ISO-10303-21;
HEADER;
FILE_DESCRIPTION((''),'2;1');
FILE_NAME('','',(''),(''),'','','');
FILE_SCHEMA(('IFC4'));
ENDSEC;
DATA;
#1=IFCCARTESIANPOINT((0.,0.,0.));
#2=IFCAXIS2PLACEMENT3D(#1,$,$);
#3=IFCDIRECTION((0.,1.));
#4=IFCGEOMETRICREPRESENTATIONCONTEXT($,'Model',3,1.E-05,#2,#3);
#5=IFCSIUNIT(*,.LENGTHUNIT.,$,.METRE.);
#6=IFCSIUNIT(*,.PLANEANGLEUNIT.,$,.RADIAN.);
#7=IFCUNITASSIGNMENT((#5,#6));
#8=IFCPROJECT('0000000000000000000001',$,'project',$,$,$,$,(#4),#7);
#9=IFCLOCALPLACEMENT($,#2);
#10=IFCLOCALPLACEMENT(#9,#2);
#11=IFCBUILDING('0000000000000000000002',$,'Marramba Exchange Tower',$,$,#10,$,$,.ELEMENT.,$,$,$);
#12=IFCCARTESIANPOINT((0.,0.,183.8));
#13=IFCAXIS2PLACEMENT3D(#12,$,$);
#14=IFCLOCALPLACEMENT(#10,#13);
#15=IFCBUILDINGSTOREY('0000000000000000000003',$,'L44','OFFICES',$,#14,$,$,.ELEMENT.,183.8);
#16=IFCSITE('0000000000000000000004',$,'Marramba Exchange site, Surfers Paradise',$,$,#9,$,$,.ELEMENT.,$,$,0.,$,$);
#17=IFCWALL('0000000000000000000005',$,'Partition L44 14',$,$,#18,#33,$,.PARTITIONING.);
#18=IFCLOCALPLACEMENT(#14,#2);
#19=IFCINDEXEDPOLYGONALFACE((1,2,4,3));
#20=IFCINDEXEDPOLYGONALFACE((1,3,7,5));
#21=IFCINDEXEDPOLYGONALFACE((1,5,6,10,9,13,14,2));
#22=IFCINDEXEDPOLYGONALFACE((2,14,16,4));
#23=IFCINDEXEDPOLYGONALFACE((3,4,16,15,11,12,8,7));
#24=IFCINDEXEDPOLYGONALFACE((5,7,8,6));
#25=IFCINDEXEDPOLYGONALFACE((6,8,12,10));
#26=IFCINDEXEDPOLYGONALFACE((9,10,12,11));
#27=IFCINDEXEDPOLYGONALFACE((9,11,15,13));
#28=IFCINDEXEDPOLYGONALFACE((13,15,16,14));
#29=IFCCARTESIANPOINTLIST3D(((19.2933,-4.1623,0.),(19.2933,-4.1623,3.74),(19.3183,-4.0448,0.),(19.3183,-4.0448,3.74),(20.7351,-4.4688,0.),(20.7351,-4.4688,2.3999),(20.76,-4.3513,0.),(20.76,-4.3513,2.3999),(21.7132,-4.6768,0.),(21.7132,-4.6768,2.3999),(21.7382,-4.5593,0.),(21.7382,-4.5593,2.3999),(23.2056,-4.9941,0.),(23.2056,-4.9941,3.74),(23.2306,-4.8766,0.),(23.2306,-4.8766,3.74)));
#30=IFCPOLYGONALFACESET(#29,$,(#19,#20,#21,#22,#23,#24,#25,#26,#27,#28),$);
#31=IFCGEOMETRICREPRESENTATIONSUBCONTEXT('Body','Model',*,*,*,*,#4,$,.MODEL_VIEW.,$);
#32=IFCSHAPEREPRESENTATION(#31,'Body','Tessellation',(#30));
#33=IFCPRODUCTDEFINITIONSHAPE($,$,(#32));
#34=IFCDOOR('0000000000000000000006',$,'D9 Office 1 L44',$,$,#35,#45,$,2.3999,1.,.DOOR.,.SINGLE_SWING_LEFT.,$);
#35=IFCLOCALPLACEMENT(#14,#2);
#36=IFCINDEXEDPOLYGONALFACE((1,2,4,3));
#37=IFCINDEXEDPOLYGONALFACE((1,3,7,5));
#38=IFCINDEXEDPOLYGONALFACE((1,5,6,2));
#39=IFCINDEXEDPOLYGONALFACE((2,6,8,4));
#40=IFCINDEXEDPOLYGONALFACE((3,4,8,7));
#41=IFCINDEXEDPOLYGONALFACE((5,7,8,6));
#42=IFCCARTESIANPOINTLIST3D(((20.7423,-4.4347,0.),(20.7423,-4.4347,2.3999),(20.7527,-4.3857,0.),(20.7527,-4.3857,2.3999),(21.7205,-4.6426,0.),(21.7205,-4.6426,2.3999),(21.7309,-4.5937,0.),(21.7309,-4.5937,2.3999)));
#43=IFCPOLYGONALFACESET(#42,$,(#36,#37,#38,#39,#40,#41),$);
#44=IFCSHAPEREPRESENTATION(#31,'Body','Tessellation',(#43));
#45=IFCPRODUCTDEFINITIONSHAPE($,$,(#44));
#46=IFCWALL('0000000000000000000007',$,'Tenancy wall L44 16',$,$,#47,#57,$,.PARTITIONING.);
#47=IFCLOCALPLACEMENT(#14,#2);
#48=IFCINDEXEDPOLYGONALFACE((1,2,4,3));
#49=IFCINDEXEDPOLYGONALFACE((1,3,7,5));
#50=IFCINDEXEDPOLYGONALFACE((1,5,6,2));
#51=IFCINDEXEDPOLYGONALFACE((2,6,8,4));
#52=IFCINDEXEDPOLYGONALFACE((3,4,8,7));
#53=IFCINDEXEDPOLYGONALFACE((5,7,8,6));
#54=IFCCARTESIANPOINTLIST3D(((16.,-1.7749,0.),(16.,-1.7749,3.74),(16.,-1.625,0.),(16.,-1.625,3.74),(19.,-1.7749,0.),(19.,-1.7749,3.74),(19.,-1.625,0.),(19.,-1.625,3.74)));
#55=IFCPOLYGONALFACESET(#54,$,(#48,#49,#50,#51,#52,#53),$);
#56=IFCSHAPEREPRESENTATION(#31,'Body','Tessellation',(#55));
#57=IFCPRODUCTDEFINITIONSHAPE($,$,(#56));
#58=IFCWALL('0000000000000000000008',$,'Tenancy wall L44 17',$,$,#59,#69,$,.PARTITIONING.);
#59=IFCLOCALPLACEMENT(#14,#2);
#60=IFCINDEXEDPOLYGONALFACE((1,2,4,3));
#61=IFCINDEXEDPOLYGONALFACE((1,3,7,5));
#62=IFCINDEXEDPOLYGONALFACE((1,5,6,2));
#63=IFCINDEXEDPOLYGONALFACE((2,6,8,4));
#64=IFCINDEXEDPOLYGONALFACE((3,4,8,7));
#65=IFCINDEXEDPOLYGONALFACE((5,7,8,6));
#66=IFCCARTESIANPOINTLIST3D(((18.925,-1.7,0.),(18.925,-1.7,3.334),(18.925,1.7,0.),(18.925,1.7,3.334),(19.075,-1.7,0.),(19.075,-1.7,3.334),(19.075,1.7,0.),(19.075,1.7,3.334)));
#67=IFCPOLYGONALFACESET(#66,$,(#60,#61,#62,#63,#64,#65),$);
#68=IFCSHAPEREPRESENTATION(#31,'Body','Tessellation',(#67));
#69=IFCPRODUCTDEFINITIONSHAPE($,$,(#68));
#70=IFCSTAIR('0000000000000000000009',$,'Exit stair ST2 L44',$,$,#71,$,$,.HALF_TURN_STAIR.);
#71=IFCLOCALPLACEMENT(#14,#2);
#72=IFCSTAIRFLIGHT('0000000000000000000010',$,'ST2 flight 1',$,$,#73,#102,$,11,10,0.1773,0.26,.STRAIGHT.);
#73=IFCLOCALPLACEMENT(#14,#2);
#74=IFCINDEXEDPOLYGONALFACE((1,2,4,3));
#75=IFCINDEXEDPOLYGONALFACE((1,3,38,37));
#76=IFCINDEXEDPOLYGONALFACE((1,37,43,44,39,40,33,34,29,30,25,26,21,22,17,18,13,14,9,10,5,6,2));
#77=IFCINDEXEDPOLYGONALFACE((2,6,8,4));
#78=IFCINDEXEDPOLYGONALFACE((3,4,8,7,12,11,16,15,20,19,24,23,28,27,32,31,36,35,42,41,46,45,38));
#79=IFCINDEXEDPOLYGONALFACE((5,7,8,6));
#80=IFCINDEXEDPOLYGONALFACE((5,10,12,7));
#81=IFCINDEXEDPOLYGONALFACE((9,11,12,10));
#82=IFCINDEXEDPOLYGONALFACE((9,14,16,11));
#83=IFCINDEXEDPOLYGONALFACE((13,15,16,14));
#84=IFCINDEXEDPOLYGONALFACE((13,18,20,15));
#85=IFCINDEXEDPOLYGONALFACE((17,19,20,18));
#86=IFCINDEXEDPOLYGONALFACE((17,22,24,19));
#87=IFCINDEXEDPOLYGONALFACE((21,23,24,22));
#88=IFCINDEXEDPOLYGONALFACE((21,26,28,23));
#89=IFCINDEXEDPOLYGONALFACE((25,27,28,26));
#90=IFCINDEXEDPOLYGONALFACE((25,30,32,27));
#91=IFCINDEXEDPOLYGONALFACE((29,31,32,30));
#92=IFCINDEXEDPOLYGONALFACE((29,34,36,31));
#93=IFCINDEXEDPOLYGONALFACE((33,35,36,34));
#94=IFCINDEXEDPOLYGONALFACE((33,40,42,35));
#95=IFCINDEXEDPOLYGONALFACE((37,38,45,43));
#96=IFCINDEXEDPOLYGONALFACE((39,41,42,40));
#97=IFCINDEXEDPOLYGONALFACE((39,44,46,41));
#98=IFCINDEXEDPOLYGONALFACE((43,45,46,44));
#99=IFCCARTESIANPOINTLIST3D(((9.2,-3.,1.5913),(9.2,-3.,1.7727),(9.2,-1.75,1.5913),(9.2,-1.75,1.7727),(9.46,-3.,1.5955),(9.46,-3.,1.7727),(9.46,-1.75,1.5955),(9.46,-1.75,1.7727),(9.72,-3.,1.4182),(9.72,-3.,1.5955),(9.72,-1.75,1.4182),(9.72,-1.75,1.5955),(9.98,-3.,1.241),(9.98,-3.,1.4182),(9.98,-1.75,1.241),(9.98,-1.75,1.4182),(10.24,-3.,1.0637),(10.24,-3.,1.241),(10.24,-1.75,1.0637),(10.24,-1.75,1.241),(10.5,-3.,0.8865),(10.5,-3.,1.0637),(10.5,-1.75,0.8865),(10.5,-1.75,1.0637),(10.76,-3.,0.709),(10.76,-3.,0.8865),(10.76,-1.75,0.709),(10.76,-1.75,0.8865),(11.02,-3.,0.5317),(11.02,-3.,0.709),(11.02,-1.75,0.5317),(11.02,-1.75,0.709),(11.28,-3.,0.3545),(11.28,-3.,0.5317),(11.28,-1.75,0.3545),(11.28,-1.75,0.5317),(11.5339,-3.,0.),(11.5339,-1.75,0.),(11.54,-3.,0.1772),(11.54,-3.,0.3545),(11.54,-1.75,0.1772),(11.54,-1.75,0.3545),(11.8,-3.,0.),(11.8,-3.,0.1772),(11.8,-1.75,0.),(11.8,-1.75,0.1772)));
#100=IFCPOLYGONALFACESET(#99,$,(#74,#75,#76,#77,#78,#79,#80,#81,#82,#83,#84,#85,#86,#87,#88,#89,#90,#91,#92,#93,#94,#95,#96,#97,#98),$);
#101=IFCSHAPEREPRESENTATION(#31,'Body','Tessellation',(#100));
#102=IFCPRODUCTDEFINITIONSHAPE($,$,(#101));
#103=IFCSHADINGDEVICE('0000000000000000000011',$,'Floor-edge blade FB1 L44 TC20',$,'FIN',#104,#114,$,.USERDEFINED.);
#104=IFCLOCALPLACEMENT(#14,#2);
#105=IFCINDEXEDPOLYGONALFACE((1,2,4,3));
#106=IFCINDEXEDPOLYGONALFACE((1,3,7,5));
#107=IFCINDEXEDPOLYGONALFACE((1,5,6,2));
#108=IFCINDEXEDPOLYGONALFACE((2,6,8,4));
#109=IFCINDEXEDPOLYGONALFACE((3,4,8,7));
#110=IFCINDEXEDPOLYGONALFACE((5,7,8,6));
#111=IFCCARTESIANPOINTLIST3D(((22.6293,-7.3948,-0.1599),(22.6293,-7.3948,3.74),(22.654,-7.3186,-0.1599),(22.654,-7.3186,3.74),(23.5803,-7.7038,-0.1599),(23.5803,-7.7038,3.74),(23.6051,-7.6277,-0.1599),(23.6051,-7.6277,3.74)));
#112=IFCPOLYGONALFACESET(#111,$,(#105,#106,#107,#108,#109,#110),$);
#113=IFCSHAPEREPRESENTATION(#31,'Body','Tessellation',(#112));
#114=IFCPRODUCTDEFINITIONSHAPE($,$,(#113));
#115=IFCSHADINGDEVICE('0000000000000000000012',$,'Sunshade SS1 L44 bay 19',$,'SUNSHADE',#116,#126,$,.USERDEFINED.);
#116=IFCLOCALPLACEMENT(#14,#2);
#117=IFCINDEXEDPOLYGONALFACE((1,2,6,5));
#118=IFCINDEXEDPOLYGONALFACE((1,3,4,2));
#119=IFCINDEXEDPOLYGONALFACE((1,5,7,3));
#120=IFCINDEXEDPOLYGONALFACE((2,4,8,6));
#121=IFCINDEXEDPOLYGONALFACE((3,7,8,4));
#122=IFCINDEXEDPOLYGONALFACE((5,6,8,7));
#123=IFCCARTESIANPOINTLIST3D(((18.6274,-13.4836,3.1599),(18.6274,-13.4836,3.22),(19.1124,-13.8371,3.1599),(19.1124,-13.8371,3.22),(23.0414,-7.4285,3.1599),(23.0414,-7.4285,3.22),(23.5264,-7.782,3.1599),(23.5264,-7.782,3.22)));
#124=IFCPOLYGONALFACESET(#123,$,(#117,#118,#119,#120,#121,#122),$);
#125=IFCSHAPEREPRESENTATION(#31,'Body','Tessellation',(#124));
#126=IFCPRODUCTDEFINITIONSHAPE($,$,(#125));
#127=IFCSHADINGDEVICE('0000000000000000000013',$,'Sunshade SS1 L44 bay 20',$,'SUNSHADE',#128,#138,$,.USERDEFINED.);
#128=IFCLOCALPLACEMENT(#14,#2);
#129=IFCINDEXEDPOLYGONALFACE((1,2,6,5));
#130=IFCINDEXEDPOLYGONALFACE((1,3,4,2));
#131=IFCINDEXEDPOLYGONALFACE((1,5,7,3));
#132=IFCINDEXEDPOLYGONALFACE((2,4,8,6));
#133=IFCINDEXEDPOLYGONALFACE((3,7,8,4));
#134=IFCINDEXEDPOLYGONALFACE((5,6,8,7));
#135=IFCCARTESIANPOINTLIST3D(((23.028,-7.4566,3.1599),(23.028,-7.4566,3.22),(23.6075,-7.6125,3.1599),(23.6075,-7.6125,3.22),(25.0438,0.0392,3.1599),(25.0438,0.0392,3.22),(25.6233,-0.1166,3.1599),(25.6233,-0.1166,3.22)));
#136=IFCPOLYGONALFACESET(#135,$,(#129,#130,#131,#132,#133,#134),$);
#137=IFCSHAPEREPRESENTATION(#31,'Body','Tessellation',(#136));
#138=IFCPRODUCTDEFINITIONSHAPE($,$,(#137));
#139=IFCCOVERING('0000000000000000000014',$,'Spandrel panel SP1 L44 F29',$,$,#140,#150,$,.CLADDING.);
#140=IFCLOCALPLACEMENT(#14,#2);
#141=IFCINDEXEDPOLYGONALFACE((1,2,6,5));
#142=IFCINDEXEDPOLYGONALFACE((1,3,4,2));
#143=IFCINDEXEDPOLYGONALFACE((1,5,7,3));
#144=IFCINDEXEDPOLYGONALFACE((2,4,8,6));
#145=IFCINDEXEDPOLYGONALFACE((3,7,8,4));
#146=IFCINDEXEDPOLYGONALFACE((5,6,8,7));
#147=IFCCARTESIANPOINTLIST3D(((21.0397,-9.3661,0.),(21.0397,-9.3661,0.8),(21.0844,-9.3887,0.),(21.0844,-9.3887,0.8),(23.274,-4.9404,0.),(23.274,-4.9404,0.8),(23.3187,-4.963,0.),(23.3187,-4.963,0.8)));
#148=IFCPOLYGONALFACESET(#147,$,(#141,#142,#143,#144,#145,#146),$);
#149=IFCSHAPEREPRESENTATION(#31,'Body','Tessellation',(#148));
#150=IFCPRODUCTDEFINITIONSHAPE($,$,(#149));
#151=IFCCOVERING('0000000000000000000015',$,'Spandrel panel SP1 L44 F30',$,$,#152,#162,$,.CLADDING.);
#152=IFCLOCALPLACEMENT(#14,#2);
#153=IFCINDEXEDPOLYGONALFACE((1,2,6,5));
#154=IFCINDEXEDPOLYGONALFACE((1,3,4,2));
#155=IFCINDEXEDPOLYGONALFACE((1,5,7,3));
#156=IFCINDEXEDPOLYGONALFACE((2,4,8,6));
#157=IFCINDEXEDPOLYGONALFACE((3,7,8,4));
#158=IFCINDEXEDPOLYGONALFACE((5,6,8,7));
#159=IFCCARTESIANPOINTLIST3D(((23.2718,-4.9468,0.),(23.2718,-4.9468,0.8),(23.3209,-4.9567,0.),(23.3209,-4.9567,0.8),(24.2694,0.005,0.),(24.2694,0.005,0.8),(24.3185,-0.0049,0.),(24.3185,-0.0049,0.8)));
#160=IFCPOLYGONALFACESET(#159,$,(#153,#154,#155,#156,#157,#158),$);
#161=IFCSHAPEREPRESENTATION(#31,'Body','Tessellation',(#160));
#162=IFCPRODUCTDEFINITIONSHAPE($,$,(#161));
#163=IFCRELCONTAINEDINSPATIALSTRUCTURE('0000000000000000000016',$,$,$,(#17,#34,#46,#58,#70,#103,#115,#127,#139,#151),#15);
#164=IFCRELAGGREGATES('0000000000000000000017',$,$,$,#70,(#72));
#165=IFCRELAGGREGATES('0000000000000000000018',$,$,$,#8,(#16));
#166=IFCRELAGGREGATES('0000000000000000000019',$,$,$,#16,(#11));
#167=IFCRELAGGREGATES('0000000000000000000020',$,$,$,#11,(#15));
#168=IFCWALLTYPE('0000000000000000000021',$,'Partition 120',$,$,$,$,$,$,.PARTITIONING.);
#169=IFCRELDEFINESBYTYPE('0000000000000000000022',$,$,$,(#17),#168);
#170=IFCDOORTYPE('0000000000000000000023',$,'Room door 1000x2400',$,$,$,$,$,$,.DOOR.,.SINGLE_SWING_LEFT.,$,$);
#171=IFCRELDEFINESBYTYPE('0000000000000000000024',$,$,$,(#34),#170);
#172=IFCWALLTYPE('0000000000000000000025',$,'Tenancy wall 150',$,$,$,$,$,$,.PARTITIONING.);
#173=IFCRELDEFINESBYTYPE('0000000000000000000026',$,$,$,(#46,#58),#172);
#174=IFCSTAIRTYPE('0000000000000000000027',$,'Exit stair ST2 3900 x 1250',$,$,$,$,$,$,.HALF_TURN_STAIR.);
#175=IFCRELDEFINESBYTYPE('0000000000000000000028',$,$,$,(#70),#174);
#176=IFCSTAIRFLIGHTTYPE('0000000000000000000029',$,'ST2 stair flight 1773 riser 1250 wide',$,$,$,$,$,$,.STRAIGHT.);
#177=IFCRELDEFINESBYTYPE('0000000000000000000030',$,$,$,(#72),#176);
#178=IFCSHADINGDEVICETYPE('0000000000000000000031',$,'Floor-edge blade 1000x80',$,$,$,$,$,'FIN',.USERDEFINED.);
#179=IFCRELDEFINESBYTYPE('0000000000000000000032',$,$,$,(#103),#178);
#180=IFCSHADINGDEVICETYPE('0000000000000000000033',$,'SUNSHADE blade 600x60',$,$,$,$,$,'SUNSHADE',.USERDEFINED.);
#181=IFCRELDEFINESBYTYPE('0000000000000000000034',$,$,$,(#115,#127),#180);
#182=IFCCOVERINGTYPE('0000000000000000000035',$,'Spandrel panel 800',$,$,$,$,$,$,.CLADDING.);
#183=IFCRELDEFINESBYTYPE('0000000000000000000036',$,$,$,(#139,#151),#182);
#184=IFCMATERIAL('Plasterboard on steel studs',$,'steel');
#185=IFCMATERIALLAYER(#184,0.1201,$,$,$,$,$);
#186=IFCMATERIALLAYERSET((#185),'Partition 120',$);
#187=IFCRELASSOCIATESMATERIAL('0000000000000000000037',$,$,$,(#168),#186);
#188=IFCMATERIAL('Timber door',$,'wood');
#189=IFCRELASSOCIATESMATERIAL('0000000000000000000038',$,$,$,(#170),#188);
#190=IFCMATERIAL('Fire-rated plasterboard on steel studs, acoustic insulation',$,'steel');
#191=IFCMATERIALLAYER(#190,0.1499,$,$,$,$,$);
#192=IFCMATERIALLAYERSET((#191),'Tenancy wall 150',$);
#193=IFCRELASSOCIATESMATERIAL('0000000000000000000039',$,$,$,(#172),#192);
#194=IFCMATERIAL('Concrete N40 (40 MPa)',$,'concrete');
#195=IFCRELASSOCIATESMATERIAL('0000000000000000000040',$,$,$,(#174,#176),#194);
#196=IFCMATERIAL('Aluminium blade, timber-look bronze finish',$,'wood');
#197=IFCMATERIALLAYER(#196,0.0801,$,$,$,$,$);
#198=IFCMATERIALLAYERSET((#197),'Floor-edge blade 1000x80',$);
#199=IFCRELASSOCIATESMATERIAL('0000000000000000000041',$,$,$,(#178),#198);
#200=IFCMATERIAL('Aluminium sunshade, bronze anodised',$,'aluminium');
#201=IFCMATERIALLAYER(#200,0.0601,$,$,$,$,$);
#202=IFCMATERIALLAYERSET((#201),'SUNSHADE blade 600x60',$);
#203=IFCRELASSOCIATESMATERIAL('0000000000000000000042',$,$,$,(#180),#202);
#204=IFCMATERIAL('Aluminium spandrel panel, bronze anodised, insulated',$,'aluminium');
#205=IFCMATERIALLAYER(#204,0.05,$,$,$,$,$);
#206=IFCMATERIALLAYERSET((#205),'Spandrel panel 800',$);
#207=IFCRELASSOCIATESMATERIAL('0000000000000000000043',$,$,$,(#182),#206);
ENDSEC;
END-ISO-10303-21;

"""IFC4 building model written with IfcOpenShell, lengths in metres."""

from ifc_helpers import new_model, si_unit, direction, frame, frame_2d, origin, origin_2d, place, context, subcontext, project, spatial, polyline, rectangle, outline, extrude, material, layer, layer_set, type_object, element, fill, aggregate, save


model = new_model("IFC4")

# Units and contexts
model_context = context("Model", 3, precision=1e-05, world=origin(), true_north=direction((0.0, 1.0)))
body_context = subcontext(model_context, "Body", "Model", "MODEL_VIEW")
ifc_project = project(units=[si_unit("LENGTHUNIT", "METRE"), si_unit("PLANEANGLEUNIT", "RADIAN")], contexts=[model_context])

# Site, building, storey
site_placement = place(None, origin())
site = spatial("IfcSite", under=ifc_project, at=site_placement, Name="Marramba Exchange site, Surfers Paradise", CompositionType="ELEMENT", RefElevation=0.0)
building_placement = place(site_placement, origin())
building = spatial("IfcBuilding", under=site, at=building_placement, Name="Marramba Exchange Tower", CompositionType="ELEMENT")
storey_placement = place(building_placement, frame((0.0, 0.0, 183.8)))
storey = spatial("IfcBuildingStorey", under=building, at=storey_placement, Name="L44", Description="OFFICES", CompositionType="ELEMENT", Elevation=183.8)

# Wall, opening, door
ifc_material_1 = material(Name="Plasterboard on steel studs", Category="steel")
ifc_layer_1 = layer(ifc_material_1, 0.1201)
ifc_layer_set_1 = layer_set([ifc_layer_1], Name="Partition 120")
wall_type_1 = type_object("IfcWallType", Name="Partition 120", PredefinedType="PARTITIONING", material=ifc_layer_set_1)
wall_1_placement = place(storey_placement, frame((19.3057, -4.1035, 0.0), z_axis=(0.0, 0.0, 1.0), x_axis=(0.978138, -0.207957, 0.0)))
wall_1 = element("IfcWall", 1, at=wall_1_placement, inside=storey, type_object=wall_type_1, Name="Partition L44 14", PredefinedType="PARTITIONING", context=body_context, shape_type="SweptSolid", body=[
    extrude(rectangle(XDim=3.9998, YDim=0.1201, at=frame_2d((2.0, 0.0))), origin(), (0.0, 0.0, 1.0), 3.74),
])
opening_1_placement = place(wall_1_placement, frame((1.4741, 0.0, 0.0)))
opening_1 = element("IfcOpeningElement", 2, at=opening_1_placement, cuts=wall_1, PredefinedType="OPENING", context=body_context, shape_type="SweptSolid", body=[
    extrude(rectangle(XDim=1.0, YDim=2.3999, at=frame_2d((0.5, 1.2))), frame((0.0, 0.0701, 0.0), z_axis=(0.0, -1.0, 0.0), x_axis=(1.0, 0.0, 0.0)), (0.0, 0.0, 1.0), 0.1401),
])
ifc_material_2 = material(Name="Timber door", Category="wood")
door_type_1 = type_object("IfcDoorType", Name="Room door 1000x2400", OperationType="SINGLE_SWING_LEFT", PredefinedType="DOOR", material=ifc_material_2)
door_1_placement = place(opening_1_placement, origin())
door_1 = element("IfcDoor", 3, at=door_1_placement, inside=storey, type_object=door_type_1, Name="D9 Office 1 L44", OperationType="SINGLE_SWING_LEFT", OverallHeight=2.3999, OverallWidth=1.0, PredefinedType="DOOR", context=body_context, shape_type="SweptSolid", body=[
    extrude(rectangle(XDim=1.0, YDim=2.3999, at=frame_2d((0.5, 1.2))), frame((0.0, 0.0249, 0.0), z_axis=(0.0, -1.0, 0.0), x_axis=(1.0, 0.0, 0.0)), (0.0, 0.0, 1.0), 0.05),
])
fill(opening_1, door_1)

# Walls
ifc_material_3 = material(Name="Fire-rated plasterboard on steel studs, acoustic insulation", Category="steel")
ifc_layer_2 = layer(ifc_material_3, 0.1499)
ifc_layer_set_2 = layer_set([ifc_layer_2], Name="Tenancy wall 150")
wall_type_2 = type_object("IfcWallType", Name="Tenancy wall 150", PredefinedType="PARTITIONING", material=ifc_layer_set_2)
wall_2_placement = place(storey_placement, frame((16.0, -1.7, 0.0), z_axis=(0.0, 0.0, 1.0), x_axis=(1.0, 0.0, 0.0)))
element("IfcWall", 4, at=wall_2_placement, inside=storey, type_object=wall_type_2, Name="Tenancy wall L44 16", PredefinedType="PARTITIONING", context=body_context, shape_type="SweptSolid", body=[
    extrude(rectangle(XDim=3.0, YDim=0.1499, at=frame_2d((1.5, 0.0))), origin(), (0.0, 0.0, 1.0), 3.74),
])
wall_3_placement = place(storey_placement, frame((19.0, -1.7, 0.0), z_axis=(0.0, 0.0, 1.0), x_axis=(0.0, 1.0, 0.0)))
element("IfcWall", 5, at=wall_3_placement, inside=storey, type_object=wall_type_2, Name="Tenancy wall L44 17", PredefinedType="PARTITIONING", context=body_context, shape_type="SweptSolid", body=[
    extrude(rectangle(XDim=3.3999, YDim=0.1499, at=frame_2d((1.7, 0.0))), origin(), (0.0, 0.0, 1.0), 3.334),
])

# Stair, stair flight
ifc_material_4 = material(Name="Concrete N40 (40 MPa)", Category="concrete")
stair_type = type_object("IfcStairType", Name="Exit stair ST2 3900 x 1250", PredefinedType="HALF_TURN_STAIR", material=ifc_material_4)
stair_placement = place(storey_placement, origin())
stair = element("IfcStair", 6, at=stair_placement, inside=storey, type_object=stair_type, Name="Exit stair ST2 L44", PredefinedType="HALF_TURN_STAIR")
stair_flight_type = type_object("IfcStairFlightType", Name="ST2 stair flight 1773 riser 1250 wide", PredefinedType="STRAIGHT", material=ifc_material_4)
stair_flight_placement = place(storey_placement, frame((11.8, -2.375, 0.0), z_axis=(0.0, 0.0, 1.0), x_axis=(-1.0, 0.0, 0.0)))
stair_flight = element("IfcStairFlight", 7, at=stair_flight_placement, type_object=stair_flight_type, Name="ST2 flight 1", NumberOfRisers=11, NumberOfTreads=10, PredefinedType="STRAIGHT", RiserHeight=0.1773, TreadLength=0.26, context=body_context, shape_type="SweptSolid", body=[
    extrude(outline(polyline([(0.0, 0.0), (0.0, 0.1772), (0.26, 0.1772), (0.26, 0.3545), (0.52, 0.3545), (0.52, 0.5317), (0.78, 0.5317), (0.78, 0.709), (1.04, 0.709), (1.04, 0.8865), (1.3, 0.8865), (1.3, 1.0637), (1.5601, 1.0637), (1.5601, 1.241), (1.8201, 1.241), (1.8201, 1.4182), (2.0801, 1.4182), (2.0801, 1.5955), (2.3401, 1.5955), (2.3401, 1.7727), (2.6001, 1.7727), (2.6001, 1.95), (2.6001, 1.5913), (0.2661, 0.0), (0.0, 0.0)])), frame((0.0, 0.625, 0.0), z_axis=(0.0, -1.0, 0.0), x_axis=(1.0, 0.0, 0.0)), (0.0, 0.0, 1.0), 1.25),
])
aggregate(stair, [stair_flight])

# Shading devices
ifc_material_5 = material(Name="Aluminium blade, timber-look bronze finish", Category="wood")
ifc_layer_3 = layer(ifc_material_5, 0.0801)
ifc_layer_set_3 = layer_set([ifc_layer_3], Name="Floor-edge blade 1000x80")
shading_device_type_1 = type_object("IfcShadingDeviceType", Name="Floor-edge blade 1000x80", ElementType="FIN", PredefinedType="USERDEFINED", material=ifc_layer_set_3)
shading_device_1_placement = place(storey_placement, frame((23.1172, -7.5112, -0.1599), z_axis=(0.0, 0.0, 1.0), x_axis=(0.951057, -0.309017, 0.0)))
element("IfcShadingDevice", 8, at=shading_device_1_placement, inside=storey, type_object=shading_device_type_1, Name="Floor-edge blade FB1 L44 TC20", ObjectType="FIN", PredefinedType="USERDEFINED", context=body_context, shape_type="SweptSolid", body=[
    extrude(rectangle(XDim=1.0, YDim=0.0801, at=origin_2d()), origin(), (0.0, 0.0, 1.0), 3.8999),
])
ifc_material_6 = material(Name="Aluminium sunshade, bronze anodised", Category="aluminium")
ifc_layer_4 = layer(ifc_material_6, 0.0601)
ifc_layer_set_4 = layer_set([ifc_layer_4], Name="SUNSHADE blade 600x60")
shading_device_type_2 = type_object("IfcShadingDeviceType", Name="SUNSHADE blade 600x60", ElementType="SUNSHADE", PredefinedType="USERDEFINED", material=ifc_layer_set_4)
shading_device_2_placement = place(storey_placement, frame((21.0769, -10.6328, 3.1599), z_axis=(0.0, 0.0, 1.0), x_axis=(0.589072, 0.808081, 0.0)))
element("IfcShadingDevice", 9, at=shading_device_2_placement, inside=storey, type_object=shading_device_type_2, Name="Sunshade SS1 L44 bay 19", ObjectType="SUNSHADE", PredefinedType="USERDEFINED", context=body_context, shape_type="SweptSolid", body=[
    extrude(rectangle(XDim=7.4932, YDim=0.6001, at=origin_2d()), origin(), (0.0, 0.0, 1.0), 0.0601),
])
shading_device_3_placement = place(storey_placement, frame((24.3257, -3.7866, 3.1599), z_axis=(0.0, 0.0, 1.0), x_axis=(0.259692, 0.965691, 0.0)))
element("IfcShadingDevice", 10, at=shading_device_3_placement, inside=storey, type_object=shading_device_type_2, Name="Sunshade SS1 L44 bay 20", ObjectType="SUNSHADE", PredefinedType="USERDEFINED", context=body_context, shape_type="SweptSolid", body=[
    extrude(rectangle(XDim=7.7622, YDim=0.6001, at=origin_2d()), origin(), (0.0, 0.0, 1.0), 0.0601),
])

# Coverings
ifc_material_7 = material(Name="Aluminium spandrel panel, bronze anodised, insulated", Category="aluminium")
ifc_layer_5 = layer(ifc_material_7, 0.05)
ifc_layer_set_5 = layer_set([ifc_layer_5], Name="Spandrel panel 800")
covering_type = type_object("IfcCoveringType", Name="Spandrel panel 800", PredefinedType="CLADDING", material=ifc_layer_set_5)
covering_1_placement = place(storey_placement, frame((22.1792, -7.1646, 0.0), z_axis=(0.0, 0.0, 1.0), x_axis=(0.450673, 0.892689, 0.0)))
element("IfcCovering", 11, at=covering_1_placement, inside=storey, type_object=covering_type, Name="Spandrel panel SP1 L44 F29", PredefinedType="CLADDING", context=body_context, shape_type="SweptSolid", body=[
    extrude(rectangle(XDim=4.9578, YDim=0.05, at=origin_2d()), origin(), (0.0, 0.0, 1.0), 0.8),
])
covering_2_placement = place(storey_placement, frame((23.7952, -2.4758, 0.0), z_axis=(0.0, 0.0, 1.0), x_axis=(0.197495, 0.980304, 0.0)))
element("IfcCovering", 12, at=covering_2_placement, inside=storey, type_object=covering_type, Name="Spandrel panel SP1 L44 F30", PredefinedType="CLADDING", context=body_context, shape_type="SweptSolid", body=[
    extrude(rectangle(XDim=5.0513, YDim=0.05, at=origin_2d()), origin(), (0.0, 0.0, 1.0), 0.8),
])

save(model, "model.ifc")
